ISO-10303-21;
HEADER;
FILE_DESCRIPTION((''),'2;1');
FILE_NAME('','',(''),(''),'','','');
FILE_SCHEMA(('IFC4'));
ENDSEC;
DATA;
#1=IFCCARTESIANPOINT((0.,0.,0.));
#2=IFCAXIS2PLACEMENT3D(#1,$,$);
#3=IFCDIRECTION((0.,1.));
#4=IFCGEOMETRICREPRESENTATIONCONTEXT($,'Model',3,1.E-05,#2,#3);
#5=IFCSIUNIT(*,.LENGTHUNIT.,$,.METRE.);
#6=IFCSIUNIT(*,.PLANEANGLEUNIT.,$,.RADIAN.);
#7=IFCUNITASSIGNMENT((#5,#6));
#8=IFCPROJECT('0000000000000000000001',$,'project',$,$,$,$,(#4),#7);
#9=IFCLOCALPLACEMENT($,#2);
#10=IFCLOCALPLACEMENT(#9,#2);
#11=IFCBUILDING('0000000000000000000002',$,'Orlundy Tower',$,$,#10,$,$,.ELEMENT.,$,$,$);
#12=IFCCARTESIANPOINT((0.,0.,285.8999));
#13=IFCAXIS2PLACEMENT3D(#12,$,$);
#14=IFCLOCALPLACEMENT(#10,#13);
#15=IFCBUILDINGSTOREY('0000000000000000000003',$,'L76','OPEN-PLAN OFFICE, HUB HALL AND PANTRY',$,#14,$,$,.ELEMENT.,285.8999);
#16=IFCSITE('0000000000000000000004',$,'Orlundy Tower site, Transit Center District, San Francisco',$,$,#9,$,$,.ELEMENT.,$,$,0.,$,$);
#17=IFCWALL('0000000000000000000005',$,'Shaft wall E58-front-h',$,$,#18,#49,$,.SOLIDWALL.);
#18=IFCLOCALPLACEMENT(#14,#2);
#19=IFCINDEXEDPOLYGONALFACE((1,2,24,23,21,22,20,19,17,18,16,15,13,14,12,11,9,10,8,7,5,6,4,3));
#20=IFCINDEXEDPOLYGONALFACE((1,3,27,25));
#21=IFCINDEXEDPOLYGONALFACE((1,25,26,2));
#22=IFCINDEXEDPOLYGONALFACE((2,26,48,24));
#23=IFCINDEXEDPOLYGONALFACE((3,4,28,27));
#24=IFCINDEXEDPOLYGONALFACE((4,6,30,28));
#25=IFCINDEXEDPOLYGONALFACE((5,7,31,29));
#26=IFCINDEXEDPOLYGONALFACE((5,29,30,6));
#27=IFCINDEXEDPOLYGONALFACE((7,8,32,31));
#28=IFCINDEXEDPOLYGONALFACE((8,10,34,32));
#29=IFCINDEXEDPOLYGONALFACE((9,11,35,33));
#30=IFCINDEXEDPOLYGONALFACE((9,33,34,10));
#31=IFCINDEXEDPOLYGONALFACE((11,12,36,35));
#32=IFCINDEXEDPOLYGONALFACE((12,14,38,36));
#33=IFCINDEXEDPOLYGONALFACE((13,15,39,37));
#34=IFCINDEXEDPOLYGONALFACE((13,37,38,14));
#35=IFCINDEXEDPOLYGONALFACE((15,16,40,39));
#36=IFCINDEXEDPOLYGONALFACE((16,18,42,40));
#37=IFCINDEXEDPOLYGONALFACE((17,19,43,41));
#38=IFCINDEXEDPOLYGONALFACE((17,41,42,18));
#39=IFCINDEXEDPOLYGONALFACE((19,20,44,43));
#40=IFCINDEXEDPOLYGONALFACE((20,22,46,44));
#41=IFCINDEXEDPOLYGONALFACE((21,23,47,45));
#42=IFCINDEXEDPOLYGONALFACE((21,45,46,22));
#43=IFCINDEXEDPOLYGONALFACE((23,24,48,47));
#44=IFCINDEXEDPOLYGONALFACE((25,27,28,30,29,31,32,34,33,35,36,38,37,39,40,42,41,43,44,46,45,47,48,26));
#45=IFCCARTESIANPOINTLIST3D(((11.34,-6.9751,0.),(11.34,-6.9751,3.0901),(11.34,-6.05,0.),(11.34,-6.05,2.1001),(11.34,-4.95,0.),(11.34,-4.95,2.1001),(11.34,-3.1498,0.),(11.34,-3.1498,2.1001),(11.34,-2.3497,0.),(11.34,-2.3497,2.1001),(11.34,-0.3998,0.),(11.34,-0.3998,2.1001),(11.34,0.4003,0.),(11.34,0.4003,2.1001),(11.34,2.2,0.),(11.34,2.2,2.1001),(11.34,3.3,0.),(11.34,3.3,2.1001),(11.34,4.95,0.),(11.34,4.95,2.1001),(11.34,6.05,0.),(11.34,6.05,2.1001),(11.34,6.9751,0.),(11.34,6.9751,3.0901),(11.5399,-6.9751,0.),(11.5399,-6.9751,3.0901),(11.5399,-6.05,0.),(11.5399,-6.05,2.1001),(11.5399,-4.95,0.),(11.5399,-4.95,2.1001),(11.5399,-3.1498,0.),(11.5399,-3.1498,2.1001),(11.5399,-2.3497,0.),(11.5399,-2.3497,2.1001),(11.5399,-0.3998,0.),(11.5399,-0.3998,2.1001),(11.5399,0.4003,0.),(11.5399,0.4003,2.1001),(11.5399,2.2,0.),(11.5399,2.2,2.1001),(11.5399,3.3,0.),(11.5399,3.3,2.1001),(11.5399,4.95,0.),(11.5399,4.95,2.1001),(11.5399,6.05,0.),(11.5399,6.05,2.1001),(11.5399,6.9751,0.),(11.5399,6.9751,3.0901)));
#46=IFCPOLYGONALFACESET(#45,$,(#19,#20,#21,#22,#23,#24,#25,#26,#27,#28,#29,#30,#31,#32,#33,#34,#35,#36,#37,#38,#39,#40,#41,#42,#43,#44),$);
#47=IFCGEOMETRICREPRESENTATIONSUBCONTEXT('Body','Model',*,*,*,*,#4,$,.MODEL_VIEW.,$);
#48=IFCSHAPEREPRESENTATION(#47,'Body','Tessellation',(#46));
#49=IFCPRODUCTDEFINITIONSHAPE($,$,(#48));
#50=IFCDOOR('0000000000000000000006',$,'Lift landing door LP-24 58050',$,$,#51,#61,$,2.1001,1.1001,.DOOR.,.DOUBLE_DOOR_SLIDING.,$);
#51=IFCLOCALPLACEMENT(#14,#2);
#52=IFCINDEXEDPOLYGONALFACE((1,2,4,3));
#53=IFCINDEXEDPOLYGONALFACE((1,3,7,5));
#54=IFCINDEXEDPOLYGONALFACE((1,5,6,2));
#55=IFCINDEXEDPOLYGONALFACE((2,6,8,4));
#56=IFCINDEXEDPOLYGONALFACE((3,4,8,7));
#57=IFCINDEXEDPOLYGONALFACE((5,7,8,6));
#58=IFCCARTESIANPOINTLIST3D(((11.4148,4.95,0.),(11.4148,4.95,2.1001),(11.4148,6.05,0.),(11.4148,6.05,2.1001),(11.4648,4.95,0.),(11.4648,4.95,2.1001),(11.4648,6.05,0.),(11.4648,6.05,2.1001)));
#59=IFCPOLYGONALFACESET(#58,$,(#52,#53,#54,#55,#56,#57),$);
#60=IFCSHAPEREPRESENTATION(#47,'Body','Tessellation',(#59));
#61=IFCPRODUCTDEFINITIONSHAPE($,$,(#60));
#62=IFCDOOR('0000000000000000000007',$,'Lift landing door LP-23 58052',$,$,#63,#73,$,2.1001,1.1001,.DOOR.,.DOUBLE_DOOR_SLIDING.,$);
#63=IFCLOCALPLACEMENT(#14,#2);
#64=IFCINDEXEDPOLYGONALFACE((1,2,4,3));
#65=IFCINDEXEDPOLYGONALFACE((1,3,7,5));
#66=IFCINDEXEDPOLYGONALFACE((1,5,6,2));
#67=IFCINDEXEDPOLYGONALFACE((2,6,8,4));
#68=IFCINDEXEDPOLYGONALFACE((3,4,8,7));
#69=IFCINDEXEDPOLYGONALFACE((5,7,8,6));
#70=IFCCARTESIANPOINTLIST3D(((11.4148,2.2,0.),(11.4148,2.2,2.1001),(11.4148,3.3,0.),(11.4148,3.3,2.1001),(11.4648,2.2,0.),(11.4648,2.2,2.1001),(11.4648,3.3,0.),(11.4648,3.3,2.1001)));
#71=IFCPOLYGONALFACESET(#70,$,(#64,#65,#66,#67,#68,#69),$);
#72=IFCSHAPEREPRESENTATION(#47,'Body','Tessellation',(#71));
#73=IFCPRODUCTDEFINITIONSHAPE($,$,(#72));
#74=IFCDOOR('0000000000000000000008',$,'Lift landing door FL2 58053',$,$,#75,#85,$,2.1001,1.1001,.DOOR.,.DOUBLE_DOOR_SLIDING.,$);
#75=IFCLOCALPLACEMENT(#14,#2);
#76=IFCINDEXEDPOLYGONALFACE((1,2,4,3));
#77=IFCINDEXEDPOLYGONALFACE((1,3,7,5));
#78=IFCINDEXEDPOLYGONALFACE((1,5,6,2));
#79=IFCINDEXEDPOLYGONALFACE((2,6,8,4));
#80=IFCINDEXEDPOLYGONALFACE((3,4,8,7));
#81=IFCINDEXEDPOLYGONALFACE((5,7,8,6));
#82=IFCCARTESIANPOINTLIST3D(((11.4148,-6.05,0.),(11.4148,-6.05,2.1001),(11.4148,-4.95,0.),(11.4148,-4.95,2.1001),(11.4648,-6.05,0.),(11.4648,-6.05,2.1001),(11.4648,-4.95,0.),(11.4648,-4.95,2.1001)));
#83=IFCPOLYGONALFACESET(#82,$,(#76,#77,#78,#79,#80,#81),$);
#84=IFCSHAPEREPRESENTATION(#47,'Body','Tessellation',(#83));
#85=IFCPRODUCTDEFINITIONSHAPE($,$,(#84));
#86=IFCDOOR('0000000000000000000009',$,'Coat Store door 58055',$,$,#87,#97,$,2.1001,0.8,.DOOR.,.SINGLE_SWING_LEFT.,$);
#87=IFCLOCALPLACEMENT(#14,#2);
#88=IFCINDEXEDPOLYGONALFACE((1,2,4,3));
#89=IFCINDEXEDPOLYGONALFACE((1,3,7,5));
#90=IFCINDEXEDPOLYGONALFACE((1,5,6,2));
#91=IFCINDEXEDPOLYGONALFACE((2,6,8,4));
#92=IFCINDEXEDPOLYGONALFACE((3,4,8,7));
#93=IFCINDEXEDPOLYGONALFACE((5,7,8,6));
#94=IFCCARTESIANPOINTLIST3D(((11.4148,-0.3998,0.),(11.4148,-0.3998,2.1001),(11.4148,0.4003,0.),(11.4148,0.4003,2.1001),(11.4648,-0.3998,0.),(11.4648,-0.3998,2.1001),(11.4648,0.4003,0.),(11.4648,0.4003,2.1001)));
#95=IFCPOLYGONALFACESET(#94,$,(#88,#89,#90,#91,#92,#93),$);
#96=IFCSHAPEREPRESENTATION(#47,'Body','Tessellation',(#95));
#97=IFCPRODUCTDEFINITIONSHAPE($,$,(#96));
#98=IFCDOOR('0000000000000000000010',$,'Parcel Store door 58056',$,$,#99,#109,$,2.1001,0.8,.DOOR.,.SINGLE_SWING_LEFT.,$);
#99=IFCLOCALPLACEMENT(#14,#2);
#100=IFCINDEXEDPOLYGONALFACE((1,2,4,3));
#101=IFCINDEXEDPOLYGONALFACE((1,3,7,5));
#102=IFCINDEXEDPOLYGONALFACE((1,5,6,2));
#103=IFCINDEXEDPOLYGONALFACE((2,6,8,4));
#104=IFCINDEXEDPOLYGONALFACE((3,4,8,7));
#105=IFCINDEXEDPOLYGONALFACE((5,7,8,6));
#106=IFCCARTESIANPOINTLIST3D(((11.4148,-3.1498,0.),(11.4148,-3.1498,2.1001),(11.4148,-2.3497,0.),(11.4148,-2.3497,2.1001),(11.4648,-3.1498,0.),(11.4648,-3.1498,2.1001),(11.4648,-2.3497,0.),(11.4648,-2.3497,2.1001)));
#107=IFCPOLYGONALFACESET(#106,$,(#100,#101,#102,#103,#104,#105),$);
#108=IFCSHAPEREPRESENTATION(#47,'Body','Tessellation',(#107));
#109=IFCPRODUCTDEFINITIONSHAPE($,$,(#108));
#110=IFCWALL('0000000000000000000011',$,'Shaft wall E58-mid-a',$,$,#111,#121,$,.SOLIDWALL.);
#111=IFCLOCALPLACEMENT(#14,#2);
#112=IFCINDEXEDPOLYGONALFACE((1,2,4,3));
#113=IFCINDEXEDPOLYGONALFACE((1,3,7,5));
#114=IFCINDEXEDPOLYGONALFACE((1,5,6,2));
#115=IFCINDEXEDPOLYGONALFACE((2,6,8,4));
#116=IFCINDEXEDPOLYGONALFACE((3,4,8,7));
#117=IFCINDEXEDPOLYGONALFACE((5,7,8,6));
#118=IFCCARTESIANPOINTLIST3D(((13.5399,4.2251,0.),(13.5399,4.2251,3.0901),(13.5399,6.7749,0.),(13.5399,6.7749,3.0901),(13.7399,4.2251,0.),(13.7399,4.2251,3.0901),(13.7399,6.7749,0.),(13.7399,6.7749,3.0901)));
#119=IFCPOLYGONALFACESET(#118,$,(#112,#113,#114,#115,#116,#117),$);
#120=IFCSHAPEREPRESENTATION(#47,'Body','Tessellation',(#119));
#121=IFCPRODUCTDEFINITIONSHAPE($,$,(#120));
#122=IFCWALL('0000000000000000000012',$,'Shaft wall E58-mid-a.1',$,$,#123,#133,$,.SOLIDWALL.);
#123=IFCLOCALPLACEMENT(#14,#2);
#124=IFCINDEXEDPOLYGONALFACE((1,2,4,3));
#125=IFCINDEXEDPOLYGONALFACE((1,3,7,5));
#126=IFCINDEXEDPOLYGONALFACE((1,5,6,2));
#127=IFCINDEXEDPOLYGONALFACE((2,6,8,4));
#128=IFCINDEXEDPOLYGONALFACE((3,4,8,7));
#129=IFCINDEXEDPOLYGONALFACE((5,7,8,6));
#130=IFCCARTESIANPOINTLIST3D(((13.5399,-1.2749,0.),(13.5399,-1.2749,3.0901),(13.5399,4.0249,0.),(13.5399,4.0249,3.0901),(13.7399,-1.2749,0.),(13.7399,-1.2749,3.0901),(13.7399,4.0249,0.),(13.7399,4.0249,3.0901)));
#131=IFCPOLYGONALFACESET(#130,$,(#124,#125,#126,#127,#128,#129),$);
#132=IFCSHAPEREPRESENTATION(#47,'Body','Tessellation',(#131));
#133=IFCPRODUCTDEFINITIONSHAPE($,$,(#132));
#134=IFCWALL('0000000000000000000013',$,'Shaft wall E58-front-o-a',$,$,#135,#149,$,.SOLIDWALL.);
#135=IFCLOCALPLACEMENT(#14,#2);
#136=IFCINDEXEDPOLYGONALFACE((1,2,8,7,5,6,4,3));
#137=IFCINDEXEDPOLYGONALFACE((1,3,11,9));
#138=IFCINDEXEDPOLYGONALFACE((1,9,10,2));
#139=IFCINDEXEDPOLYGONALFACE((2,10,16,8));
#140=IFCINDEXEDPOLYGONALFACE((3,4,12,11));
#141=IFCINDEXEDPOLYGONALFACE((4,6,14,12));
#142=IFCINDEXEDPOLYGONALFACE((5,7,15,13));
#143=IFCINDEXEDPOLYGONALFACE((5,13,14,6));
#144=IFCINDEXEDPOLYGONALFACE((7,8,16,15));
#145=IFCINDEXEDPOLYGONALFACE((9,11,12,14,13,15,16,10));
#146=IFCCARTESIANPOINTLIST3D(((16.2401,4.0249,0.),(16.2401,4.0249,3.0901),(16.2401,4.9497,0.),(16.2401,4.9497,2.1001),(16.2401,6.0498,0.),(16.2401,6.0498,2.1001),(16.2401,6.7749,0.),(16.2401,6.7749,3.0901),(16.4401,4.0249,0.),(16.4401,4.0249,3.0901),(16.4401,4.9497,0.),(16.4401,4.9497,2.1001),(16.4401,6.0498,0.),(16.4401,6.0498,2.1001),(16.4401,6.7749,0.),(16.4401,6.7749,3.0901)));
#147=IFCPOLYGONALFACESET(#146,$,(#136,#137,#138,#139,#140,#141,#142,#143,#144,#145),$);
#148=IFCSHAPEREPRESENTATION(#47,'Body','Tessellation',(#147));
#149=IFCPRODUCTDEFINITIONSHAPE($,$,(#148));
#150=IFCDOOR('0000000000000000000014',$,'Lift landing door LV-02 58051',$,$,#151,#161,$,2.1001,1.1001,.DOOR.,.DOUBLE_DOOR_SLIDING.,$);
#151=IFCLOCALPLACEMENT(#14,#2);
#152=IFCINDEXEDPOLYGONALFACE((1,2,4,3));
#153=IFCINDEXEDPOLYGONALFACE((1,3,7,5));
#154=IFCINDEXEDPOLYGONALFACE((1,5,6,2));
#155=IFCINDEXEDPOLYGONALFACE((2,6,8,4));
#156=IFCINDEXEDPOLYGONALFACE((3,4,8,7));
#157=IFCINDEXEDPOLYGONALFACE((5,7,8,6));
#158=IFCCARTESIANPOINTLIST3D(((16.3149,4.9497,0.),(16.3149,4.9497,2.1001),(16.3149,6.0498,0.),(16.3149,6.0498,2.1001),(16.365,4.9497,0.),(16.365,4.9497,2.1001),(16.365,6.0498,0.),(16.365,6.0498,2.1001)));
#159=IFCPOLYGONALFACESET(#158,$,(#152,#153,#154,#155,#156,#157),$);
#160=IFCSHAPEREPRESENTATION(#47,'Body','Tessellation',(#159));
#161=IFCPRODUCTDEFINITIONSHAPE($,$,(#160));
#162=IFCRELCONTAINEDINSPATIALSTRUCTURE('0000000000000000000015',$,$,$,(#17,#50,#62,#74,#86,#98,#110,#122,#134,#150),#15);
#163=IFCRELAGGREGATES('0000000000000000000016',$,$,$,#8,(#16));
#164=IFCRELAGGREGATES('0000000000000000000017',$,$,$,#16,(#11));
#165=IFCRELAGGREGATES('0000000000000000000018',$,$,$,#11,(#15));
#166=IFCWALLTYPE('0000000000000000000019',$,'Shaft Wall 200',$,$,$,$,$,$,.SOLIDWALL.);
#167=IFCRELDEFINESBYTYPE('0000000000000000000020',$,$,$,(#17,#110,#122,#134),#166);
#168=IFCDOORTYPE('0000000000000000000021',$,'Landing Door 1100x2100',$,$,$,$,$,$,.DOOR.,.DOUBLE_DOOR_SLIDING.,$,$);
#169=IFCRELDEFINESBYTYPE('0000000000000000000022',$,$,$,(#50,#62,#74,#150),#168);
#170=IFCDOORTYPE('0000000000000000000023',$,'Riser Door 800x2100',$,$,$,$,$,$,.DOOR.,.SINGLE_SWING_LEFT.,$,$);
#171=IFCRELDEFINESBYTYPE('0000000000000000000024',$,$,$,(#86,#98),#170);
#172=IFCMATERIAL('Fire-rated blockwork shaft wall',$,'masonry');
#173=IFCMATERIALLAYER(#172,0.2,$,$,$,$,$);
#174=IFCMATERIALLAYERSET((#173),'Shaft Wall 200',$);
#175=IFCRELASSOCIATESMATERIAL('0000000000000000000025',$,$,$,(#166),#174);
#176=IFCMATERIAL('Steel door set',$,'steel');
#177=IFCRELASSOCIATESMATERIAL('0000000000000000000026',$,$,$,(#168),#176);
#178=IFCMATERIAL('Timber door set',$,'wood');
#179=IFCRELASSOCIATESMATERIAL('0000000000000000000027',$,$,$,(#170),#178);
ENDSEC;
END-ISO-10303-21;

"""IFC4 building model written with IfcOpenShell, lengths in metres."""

from ifc_helpers import new_model, si_unit, direction, frame, frame_2d, origin, place, context, subcontext, project, spatial, rectangle, extrude, material, layer, layer_set, type_object, element, fill, save


model = new_model("IFC4")

# Units and contexts
model_context = context("Model", 3, precision=1e-05, world=origin(), true_north=direction((0.0, 1.0)))
body_context = subcontext(model_context, "Body", "Model", "MODEL_VIEW")
ifc_project = project(units=[si_unit("LENGTHUNIT", "METRE"), si_unit("PLANEANGLEUNIT", "RADIAN")], contexts=[model_context])

# Site, building, storey
site_placement = place(None, origin())
site = spatial("IfcSite", under=ifc_project, at=site_placement, Name="Orlundy Tower site, Transit Center District, San Francisco", CompositionType="ELEMENT", RefElevation=0.0)
building_placement = place(site_placement, origin())
building = spatial("IfcBuilding", under=site, at=building_placement, Name="Orlundy Tower", CompositionType="ELEMENT")
storey_placement = place(building_placement, frame((0.0, 0.0, 285.8999)))
storey = spatial("IfcBuildingStorey", under=building, at=storey_placement, Name="L76", Description="OPEN-PLAN OFFICE, HUB HALL AND PANTRY", CompositionType="ELEMENT", Elevation=285.8999)

# Shared definitions
ifc_material_1 = material(Name="Fire-rated blockwork shaft wall", Category="masonry")
ifc_layer_1 = layer(ifc_material_1, 0.2)
ifc_layer_set_1 = layer_set([ifc_layer_1], Name="Shaft Wall 200")
wall_type_1 = type_object("IfcWallType", Name="Shaft Wall 200", PredefinedType="SOLIDWALL", material=ifc_layer_set_1)

# Wall, openings, doors
wall_1_placement = place(storey_placement, frame((11.4399, 6.9751, 0.0), z_axis=(0.0, 0.0, 1.0), x_axis=(0.0, -1.0, 0.0)))
wall_1 = element("IfcWall", 1, at=wall_1_placement, inside=storey, type_object=wall_type_1, Name="Shaft wall E58-front-h", PredefinedType="SOLIDWALL", context=body_context, shape_type="SweptSolid", body=[
    extrude(rectangle(XDim=13.9502, YDim=0.2, at=frame_2d((6.9751, 0.0))), origin(), (0.0, 0.0, 1.0), 3.0901),
])
opening_1_placement = place(wall_1_placement, frame((0.925, 0.0, 0.0)))
opening_1 = element("IfcOpeningElement", 2, at=opening_1_placement, cuts=wall_1, PredefinedType="OPENING", context=body_context, shape_type="SweptSolid", body=[
    extrude(rectangle(XDim=1.1001, YDim=2.1001, at=frame_2d((0.55, 1.05))), frame((0.0, 0.1101, 0.0), z_axis=(0.0, -1.0, 0.0), x_axis=(1.0, 0.0, 0.0)), (0.0, 0.0, 1.0), 0.2202),
])
opening_2_placement = place(wall_1_placement, frame((3.675, 0.0, 0.0)))
opening_2 = element("IfcOpeningElement", 3, at=opening_2_placement, cuts=wall_1, PredefinedType="OPENING", context=body_context, shape_type="SweptSolid", body=[
    extrude(rectangle(XDim=1.1001, YDim=2.1001, at=frame_2d((0.55, 1.05))), frame((0.0, 0.1101, 0.0), z_axis=(0.0, -1.0, 0.0), x_axis=(1.0, 0.0, 0.0)), (0.0, 0.0, 1.0), 0.2202),
])
opening_3_placement = place(wall_1_placement, frame((11.925, 0.0, 0.0)))
opening_3 = element("IfcOpeningElement", 4, at=opening_3_placement, cuts=wall_1, PredefinedType="OPENING", context=body_context, shape_type="SweptSolid", body=[
    extrude(rectangle(XDim=1.1001, YDim=2.1001, at=frame_2d((0.55, 1.05))), frame((0.0, 0.1101, 0.0), z_axis=(0.0, -1.0, 0.0), x_axis=(1.0, 0.0, 0.0)), (0.0, 0.0, 1.0), 0.2202),
])
opening_4_placement = place(wall_1_placement, frame((6.575, 0.0, 0.0)))
opening_4 = element("IfcOpeningElement", 5, at=opening_4_placement, cuts=wall_1, PredefinedType="OPENING", context=body_context, shape_type="SweptSolid", body=[
    extrude(rectangle(XDim=0.8, YDim=2.1001, at=frame_2d((0.3999, 1.05))), frame((0.0, 0.1101, 0.0), z_axis=(0.0, -1.0, 0.0), x_axis=(1.0, 0.0, 0.0)), (0.0, 0.0, 1.0), 0.2202),
])
opening_5_placement = place(wall_1_placement, frame((9.325, 0.0, 0.0)))
opening_5 = element("IfcOpeningElement", 6, at=opening_5_placement, cuts=wall_1, PredefinedType="OPENING", context=body_context, shape_type="SweptSolid", body=[
    extrude(rectangle(XDim=0.8, YDim=2.1001, at=frame_2d((0.3999, 1.05))), frame((0.0, 0.1101, 0.0), z_axis=(0.0, -1.0, 0.0), x_axis=(1.0, 0.0, 0.0)), (0.0, 0.0, 1.0), 0.2202),
])
ifc_material_2 = material(Name="Steel door set", Category="steel")
door_type_1 = type_object("IfcDoorType", Name="Landing Door 1100x2100", OperationType="DOUBLE_DOOR_SLIDING", PredefinedType="DOOR", material=ifc_material_2)
door_1_placement = place(opening_1_placement, origin())
door_1 = element("IfcDoor", 7, at=door_1_placement, inside=storey, type_object=door_type_1, Name="Lift landing door LP-24 58050", OperationType="DOUBLE_DOOR_SLIDING", OverallHeight=2.1001, OverallWidth=1.1001, PredefinedType="DOOR", context=body_context, shape_type="SweptSolid", body=[
    extrude(rectangle(XDim=1.1001, YDim=2.1001, at=frame_2d((0.55, 1.05))), frame((0.0, 0.0249, 0.0), z_axis=(0.0, -1.0, 0.0), x_axis=(1.0, 0.0, 0.0)), (0.0, 0.0, 1.0), 0.05),
])
fill(opening_1, door_1)
door_2_placement = place(opening_2_placement, origin())
door_2 = element("IfcDoor", 8, at=door_2_placement, inside=storey, type_object=door_type_1, Name="Lift landing door LP-23 58052", OperationType="DOUBLE_DOOR_SLIDING", OverallHeight=2.1001, OverallWidth=1.1001, PredefinedType="DOOR", context=body_context, shape_type="SweptSolid", body=[
    extrude(rectangle(XDim=1.1001, YDim=2.1001, at=frame_2d((0.55, 1.05))), frame((0.0, 0.0249, 0.0), z_axis=(0.0, -1.0, 0.0), x_axis=(1.0, 0.0, 0.0)), (0.0, 0.0, 1.0), 0.05),
])
fill(opening_2, door_2)
door_3_placement = place(opening_3_placement, origin())
door_3 = element("IfcDoor", 9, at=door_3_placement, inside=storey, type_object=door_type_1, Name="Lift landing door FL2 58053", OperationType="DOUBLE_DOOR_SLIDING", OverallHeight=2.1001, OverallWidth=1.1001, PredefinedType="DOOR", context=body_context, shape_type="SweptSolid", body=[
    extrude(rectangle(XDim=1.1001, YDim=2.1001, at=frame_2d((0.55, 1.05))), frame((0.0, 0.0249, 0.0), z_axis=(0.0, -1.0, 0.0), x_axis=(1.0, 0.0, 0.0)), (0.0, 0.0, 1.0), 0.05),
])
fill(opening_3, door_3)
ifc_material_3 = material(Name="Timber door set", Category="wood")
door_type_2 = type_object("IfcDoorType", Name="Riser Door 800x2100", OperationType="SINGLE_SWING_LEFT", PredefinedType="DOOR", material=ifc_material_3)
door_4_placement = place(opening_4_placement, origin())
door_4 = element("IfcDoor", 10, at=door_4_placement, inside=storey, type_object=door_type_2, Name="Coat Store door 58055", OperationType="SINGLE_SWING_LEFT", OverallHeight=2.1001, OverallWidth=0.8, PredefinedType="DOOR", context=body_context, shape_type="SweptSolid", body=[
    extrude(rectangle(XDim=0.8, YDim=2.1001, at=frame_2d((0.3999, 1.05))), frame((0.0, 0.0249, 0.0), z_axis=(0.0, -1.0, 0.0), x_axis=(1.0, 0.0, 0.0)), (0.0, 0.0, 1.0), 0.05),
])
fill(opening_4, door_4)
door_5_placement = place(opening_5_placement, origin())
door_5 = element("IfcDoor", 11, at=door_5_placement, inside=storey, type_object=door_type_2, Name="Parcel Store door 58056", OperationType="SINGLE_SWING_LEFT", OverallHeight=2.1001, OverallWidth=0.8, PredefinedType="DOOR", context=body_context, shape_type="SweptSolid", body=[
    extrude(rectangle(XDim=0.8, YDim=2.1001, at=frame_2d((0.3999, 1.05))), frame((0.0, 0.0249, 0.0), z_axis=(0.0, -1.0, 0.0), x_axis=(1.0, 0.0, 0.0)), (0.0, 0.0, 1.0), 0.05),
])
fill(opening_5, door_5)

# Walls
wall_2_placement = place(storey_placement, frame((13.6399, 6.7749, 0.0), z_axis=(0.0, 0.0, 1.0), x_axis=(0.0, -1.0, 0.0)))
element("IfcWall", 12, at=wall_2_placement, inside=storey, type_object=wall_type_1, Name="Shaft wall E58-mid-a", PredefinedType="SOLIDWALL", context=body_context, shape_type="SweptSolid", body=[
    extrude(rectangle(XDim=2.5498, YDim=0.2, at=frame_2d((1.2749, 0.0))), origin(), (0.0, 0.0, 1.0), 3.0901),
])
wall_3_placement = place(storey_placement, frame((13.6399, 4.0249, 0.0), z_axis=(0.0, 0.0, 1.0), x_axis=(0.0, -1.0, 0.0)))
element("IfcWall", 13, at=wall_3_placement, inside=storey, type_object=wall_type_1, Name="Shaft wall E58-mid-a.1", PredefinedType="SOLIDWALL", context=body_context, shape_type="SweptSolid", body=[
    extrude(rectangle(XDim=5.2998, YDim=0.2, at=frame_2d((2.6499, 0.0))), origin(), (0.0, 0.0, 1.0), 3.0901),
])

# Wall, opening, door
wall_4_placement = place(storey_placement, frame((16.3401, 6.7749, 0.0), z_axis=(0.0, 0.0, 1.0), x_axis=(0.0, -1.0, 0.0)))
wall_4 = element("IfcWall", 14, at=wall_4_placement, inside=storey, type_object=wall_type_1, Name="Shaft wall E58-front-o-a", PredefinedType="SOLIDWALL", context=body_context, shape_type="SweptSolid", body=[
    extrude(rectangle(XDim=2.75, YDim=0.2, at=frame_2d((1.375, 0.0))), origin(), (0.0, 0.0, 1.0), 3.0901),
])
opening_6_placement = place(wall_4_placement, frame((0.7251, 0.0, 0.0)))
opening_6 = element("IfcOpeningElement", 15, at=opening_6_placement, cuts=wall_4, PredefinedType="OPENING", context=body_context, shape_type="SweptSolid", body=[
    extrude(rectangle(XDim=1.1001, YDim=2.1001, at=frame_2d((0.55, 1.05))), frame((0.0, 0.1101, 0.0), z_axis=(0.0, -1.0, 0.0), x_axis=(1.0, 0.0, 0.0)), (0.0, 0.0, 1.0), 0.2202),
])
door_6_placement = place(opening_6_placement, origin())
door_6 = element("IfcDoor", 16, at=door_6_placement, inside=storey, type_object=door_type_1, Name="Lift landing door LV-02 58051", OperationType="DOUBLE_DOOR_SLIDING", OverallHeight=2.1001, OverallWidth=1.1001, PredefinedType="DOOR", context=body_context, shape_type="SweptSolid", body=[
    extrude(rectangle(XDim=1.1001, YDim=2.1001, at=frame_2d((0.55, 1.05))), frame((0.0, 0.0249, 0.0), z_axis=(0.0, -1.0, 0.0), x_axis=(1.0, 0.0, 0.0)), (0.0, 0.0, 1.0), 0.05),
])
fill(opening_6, door_6)

save(model, "model.ifc")
